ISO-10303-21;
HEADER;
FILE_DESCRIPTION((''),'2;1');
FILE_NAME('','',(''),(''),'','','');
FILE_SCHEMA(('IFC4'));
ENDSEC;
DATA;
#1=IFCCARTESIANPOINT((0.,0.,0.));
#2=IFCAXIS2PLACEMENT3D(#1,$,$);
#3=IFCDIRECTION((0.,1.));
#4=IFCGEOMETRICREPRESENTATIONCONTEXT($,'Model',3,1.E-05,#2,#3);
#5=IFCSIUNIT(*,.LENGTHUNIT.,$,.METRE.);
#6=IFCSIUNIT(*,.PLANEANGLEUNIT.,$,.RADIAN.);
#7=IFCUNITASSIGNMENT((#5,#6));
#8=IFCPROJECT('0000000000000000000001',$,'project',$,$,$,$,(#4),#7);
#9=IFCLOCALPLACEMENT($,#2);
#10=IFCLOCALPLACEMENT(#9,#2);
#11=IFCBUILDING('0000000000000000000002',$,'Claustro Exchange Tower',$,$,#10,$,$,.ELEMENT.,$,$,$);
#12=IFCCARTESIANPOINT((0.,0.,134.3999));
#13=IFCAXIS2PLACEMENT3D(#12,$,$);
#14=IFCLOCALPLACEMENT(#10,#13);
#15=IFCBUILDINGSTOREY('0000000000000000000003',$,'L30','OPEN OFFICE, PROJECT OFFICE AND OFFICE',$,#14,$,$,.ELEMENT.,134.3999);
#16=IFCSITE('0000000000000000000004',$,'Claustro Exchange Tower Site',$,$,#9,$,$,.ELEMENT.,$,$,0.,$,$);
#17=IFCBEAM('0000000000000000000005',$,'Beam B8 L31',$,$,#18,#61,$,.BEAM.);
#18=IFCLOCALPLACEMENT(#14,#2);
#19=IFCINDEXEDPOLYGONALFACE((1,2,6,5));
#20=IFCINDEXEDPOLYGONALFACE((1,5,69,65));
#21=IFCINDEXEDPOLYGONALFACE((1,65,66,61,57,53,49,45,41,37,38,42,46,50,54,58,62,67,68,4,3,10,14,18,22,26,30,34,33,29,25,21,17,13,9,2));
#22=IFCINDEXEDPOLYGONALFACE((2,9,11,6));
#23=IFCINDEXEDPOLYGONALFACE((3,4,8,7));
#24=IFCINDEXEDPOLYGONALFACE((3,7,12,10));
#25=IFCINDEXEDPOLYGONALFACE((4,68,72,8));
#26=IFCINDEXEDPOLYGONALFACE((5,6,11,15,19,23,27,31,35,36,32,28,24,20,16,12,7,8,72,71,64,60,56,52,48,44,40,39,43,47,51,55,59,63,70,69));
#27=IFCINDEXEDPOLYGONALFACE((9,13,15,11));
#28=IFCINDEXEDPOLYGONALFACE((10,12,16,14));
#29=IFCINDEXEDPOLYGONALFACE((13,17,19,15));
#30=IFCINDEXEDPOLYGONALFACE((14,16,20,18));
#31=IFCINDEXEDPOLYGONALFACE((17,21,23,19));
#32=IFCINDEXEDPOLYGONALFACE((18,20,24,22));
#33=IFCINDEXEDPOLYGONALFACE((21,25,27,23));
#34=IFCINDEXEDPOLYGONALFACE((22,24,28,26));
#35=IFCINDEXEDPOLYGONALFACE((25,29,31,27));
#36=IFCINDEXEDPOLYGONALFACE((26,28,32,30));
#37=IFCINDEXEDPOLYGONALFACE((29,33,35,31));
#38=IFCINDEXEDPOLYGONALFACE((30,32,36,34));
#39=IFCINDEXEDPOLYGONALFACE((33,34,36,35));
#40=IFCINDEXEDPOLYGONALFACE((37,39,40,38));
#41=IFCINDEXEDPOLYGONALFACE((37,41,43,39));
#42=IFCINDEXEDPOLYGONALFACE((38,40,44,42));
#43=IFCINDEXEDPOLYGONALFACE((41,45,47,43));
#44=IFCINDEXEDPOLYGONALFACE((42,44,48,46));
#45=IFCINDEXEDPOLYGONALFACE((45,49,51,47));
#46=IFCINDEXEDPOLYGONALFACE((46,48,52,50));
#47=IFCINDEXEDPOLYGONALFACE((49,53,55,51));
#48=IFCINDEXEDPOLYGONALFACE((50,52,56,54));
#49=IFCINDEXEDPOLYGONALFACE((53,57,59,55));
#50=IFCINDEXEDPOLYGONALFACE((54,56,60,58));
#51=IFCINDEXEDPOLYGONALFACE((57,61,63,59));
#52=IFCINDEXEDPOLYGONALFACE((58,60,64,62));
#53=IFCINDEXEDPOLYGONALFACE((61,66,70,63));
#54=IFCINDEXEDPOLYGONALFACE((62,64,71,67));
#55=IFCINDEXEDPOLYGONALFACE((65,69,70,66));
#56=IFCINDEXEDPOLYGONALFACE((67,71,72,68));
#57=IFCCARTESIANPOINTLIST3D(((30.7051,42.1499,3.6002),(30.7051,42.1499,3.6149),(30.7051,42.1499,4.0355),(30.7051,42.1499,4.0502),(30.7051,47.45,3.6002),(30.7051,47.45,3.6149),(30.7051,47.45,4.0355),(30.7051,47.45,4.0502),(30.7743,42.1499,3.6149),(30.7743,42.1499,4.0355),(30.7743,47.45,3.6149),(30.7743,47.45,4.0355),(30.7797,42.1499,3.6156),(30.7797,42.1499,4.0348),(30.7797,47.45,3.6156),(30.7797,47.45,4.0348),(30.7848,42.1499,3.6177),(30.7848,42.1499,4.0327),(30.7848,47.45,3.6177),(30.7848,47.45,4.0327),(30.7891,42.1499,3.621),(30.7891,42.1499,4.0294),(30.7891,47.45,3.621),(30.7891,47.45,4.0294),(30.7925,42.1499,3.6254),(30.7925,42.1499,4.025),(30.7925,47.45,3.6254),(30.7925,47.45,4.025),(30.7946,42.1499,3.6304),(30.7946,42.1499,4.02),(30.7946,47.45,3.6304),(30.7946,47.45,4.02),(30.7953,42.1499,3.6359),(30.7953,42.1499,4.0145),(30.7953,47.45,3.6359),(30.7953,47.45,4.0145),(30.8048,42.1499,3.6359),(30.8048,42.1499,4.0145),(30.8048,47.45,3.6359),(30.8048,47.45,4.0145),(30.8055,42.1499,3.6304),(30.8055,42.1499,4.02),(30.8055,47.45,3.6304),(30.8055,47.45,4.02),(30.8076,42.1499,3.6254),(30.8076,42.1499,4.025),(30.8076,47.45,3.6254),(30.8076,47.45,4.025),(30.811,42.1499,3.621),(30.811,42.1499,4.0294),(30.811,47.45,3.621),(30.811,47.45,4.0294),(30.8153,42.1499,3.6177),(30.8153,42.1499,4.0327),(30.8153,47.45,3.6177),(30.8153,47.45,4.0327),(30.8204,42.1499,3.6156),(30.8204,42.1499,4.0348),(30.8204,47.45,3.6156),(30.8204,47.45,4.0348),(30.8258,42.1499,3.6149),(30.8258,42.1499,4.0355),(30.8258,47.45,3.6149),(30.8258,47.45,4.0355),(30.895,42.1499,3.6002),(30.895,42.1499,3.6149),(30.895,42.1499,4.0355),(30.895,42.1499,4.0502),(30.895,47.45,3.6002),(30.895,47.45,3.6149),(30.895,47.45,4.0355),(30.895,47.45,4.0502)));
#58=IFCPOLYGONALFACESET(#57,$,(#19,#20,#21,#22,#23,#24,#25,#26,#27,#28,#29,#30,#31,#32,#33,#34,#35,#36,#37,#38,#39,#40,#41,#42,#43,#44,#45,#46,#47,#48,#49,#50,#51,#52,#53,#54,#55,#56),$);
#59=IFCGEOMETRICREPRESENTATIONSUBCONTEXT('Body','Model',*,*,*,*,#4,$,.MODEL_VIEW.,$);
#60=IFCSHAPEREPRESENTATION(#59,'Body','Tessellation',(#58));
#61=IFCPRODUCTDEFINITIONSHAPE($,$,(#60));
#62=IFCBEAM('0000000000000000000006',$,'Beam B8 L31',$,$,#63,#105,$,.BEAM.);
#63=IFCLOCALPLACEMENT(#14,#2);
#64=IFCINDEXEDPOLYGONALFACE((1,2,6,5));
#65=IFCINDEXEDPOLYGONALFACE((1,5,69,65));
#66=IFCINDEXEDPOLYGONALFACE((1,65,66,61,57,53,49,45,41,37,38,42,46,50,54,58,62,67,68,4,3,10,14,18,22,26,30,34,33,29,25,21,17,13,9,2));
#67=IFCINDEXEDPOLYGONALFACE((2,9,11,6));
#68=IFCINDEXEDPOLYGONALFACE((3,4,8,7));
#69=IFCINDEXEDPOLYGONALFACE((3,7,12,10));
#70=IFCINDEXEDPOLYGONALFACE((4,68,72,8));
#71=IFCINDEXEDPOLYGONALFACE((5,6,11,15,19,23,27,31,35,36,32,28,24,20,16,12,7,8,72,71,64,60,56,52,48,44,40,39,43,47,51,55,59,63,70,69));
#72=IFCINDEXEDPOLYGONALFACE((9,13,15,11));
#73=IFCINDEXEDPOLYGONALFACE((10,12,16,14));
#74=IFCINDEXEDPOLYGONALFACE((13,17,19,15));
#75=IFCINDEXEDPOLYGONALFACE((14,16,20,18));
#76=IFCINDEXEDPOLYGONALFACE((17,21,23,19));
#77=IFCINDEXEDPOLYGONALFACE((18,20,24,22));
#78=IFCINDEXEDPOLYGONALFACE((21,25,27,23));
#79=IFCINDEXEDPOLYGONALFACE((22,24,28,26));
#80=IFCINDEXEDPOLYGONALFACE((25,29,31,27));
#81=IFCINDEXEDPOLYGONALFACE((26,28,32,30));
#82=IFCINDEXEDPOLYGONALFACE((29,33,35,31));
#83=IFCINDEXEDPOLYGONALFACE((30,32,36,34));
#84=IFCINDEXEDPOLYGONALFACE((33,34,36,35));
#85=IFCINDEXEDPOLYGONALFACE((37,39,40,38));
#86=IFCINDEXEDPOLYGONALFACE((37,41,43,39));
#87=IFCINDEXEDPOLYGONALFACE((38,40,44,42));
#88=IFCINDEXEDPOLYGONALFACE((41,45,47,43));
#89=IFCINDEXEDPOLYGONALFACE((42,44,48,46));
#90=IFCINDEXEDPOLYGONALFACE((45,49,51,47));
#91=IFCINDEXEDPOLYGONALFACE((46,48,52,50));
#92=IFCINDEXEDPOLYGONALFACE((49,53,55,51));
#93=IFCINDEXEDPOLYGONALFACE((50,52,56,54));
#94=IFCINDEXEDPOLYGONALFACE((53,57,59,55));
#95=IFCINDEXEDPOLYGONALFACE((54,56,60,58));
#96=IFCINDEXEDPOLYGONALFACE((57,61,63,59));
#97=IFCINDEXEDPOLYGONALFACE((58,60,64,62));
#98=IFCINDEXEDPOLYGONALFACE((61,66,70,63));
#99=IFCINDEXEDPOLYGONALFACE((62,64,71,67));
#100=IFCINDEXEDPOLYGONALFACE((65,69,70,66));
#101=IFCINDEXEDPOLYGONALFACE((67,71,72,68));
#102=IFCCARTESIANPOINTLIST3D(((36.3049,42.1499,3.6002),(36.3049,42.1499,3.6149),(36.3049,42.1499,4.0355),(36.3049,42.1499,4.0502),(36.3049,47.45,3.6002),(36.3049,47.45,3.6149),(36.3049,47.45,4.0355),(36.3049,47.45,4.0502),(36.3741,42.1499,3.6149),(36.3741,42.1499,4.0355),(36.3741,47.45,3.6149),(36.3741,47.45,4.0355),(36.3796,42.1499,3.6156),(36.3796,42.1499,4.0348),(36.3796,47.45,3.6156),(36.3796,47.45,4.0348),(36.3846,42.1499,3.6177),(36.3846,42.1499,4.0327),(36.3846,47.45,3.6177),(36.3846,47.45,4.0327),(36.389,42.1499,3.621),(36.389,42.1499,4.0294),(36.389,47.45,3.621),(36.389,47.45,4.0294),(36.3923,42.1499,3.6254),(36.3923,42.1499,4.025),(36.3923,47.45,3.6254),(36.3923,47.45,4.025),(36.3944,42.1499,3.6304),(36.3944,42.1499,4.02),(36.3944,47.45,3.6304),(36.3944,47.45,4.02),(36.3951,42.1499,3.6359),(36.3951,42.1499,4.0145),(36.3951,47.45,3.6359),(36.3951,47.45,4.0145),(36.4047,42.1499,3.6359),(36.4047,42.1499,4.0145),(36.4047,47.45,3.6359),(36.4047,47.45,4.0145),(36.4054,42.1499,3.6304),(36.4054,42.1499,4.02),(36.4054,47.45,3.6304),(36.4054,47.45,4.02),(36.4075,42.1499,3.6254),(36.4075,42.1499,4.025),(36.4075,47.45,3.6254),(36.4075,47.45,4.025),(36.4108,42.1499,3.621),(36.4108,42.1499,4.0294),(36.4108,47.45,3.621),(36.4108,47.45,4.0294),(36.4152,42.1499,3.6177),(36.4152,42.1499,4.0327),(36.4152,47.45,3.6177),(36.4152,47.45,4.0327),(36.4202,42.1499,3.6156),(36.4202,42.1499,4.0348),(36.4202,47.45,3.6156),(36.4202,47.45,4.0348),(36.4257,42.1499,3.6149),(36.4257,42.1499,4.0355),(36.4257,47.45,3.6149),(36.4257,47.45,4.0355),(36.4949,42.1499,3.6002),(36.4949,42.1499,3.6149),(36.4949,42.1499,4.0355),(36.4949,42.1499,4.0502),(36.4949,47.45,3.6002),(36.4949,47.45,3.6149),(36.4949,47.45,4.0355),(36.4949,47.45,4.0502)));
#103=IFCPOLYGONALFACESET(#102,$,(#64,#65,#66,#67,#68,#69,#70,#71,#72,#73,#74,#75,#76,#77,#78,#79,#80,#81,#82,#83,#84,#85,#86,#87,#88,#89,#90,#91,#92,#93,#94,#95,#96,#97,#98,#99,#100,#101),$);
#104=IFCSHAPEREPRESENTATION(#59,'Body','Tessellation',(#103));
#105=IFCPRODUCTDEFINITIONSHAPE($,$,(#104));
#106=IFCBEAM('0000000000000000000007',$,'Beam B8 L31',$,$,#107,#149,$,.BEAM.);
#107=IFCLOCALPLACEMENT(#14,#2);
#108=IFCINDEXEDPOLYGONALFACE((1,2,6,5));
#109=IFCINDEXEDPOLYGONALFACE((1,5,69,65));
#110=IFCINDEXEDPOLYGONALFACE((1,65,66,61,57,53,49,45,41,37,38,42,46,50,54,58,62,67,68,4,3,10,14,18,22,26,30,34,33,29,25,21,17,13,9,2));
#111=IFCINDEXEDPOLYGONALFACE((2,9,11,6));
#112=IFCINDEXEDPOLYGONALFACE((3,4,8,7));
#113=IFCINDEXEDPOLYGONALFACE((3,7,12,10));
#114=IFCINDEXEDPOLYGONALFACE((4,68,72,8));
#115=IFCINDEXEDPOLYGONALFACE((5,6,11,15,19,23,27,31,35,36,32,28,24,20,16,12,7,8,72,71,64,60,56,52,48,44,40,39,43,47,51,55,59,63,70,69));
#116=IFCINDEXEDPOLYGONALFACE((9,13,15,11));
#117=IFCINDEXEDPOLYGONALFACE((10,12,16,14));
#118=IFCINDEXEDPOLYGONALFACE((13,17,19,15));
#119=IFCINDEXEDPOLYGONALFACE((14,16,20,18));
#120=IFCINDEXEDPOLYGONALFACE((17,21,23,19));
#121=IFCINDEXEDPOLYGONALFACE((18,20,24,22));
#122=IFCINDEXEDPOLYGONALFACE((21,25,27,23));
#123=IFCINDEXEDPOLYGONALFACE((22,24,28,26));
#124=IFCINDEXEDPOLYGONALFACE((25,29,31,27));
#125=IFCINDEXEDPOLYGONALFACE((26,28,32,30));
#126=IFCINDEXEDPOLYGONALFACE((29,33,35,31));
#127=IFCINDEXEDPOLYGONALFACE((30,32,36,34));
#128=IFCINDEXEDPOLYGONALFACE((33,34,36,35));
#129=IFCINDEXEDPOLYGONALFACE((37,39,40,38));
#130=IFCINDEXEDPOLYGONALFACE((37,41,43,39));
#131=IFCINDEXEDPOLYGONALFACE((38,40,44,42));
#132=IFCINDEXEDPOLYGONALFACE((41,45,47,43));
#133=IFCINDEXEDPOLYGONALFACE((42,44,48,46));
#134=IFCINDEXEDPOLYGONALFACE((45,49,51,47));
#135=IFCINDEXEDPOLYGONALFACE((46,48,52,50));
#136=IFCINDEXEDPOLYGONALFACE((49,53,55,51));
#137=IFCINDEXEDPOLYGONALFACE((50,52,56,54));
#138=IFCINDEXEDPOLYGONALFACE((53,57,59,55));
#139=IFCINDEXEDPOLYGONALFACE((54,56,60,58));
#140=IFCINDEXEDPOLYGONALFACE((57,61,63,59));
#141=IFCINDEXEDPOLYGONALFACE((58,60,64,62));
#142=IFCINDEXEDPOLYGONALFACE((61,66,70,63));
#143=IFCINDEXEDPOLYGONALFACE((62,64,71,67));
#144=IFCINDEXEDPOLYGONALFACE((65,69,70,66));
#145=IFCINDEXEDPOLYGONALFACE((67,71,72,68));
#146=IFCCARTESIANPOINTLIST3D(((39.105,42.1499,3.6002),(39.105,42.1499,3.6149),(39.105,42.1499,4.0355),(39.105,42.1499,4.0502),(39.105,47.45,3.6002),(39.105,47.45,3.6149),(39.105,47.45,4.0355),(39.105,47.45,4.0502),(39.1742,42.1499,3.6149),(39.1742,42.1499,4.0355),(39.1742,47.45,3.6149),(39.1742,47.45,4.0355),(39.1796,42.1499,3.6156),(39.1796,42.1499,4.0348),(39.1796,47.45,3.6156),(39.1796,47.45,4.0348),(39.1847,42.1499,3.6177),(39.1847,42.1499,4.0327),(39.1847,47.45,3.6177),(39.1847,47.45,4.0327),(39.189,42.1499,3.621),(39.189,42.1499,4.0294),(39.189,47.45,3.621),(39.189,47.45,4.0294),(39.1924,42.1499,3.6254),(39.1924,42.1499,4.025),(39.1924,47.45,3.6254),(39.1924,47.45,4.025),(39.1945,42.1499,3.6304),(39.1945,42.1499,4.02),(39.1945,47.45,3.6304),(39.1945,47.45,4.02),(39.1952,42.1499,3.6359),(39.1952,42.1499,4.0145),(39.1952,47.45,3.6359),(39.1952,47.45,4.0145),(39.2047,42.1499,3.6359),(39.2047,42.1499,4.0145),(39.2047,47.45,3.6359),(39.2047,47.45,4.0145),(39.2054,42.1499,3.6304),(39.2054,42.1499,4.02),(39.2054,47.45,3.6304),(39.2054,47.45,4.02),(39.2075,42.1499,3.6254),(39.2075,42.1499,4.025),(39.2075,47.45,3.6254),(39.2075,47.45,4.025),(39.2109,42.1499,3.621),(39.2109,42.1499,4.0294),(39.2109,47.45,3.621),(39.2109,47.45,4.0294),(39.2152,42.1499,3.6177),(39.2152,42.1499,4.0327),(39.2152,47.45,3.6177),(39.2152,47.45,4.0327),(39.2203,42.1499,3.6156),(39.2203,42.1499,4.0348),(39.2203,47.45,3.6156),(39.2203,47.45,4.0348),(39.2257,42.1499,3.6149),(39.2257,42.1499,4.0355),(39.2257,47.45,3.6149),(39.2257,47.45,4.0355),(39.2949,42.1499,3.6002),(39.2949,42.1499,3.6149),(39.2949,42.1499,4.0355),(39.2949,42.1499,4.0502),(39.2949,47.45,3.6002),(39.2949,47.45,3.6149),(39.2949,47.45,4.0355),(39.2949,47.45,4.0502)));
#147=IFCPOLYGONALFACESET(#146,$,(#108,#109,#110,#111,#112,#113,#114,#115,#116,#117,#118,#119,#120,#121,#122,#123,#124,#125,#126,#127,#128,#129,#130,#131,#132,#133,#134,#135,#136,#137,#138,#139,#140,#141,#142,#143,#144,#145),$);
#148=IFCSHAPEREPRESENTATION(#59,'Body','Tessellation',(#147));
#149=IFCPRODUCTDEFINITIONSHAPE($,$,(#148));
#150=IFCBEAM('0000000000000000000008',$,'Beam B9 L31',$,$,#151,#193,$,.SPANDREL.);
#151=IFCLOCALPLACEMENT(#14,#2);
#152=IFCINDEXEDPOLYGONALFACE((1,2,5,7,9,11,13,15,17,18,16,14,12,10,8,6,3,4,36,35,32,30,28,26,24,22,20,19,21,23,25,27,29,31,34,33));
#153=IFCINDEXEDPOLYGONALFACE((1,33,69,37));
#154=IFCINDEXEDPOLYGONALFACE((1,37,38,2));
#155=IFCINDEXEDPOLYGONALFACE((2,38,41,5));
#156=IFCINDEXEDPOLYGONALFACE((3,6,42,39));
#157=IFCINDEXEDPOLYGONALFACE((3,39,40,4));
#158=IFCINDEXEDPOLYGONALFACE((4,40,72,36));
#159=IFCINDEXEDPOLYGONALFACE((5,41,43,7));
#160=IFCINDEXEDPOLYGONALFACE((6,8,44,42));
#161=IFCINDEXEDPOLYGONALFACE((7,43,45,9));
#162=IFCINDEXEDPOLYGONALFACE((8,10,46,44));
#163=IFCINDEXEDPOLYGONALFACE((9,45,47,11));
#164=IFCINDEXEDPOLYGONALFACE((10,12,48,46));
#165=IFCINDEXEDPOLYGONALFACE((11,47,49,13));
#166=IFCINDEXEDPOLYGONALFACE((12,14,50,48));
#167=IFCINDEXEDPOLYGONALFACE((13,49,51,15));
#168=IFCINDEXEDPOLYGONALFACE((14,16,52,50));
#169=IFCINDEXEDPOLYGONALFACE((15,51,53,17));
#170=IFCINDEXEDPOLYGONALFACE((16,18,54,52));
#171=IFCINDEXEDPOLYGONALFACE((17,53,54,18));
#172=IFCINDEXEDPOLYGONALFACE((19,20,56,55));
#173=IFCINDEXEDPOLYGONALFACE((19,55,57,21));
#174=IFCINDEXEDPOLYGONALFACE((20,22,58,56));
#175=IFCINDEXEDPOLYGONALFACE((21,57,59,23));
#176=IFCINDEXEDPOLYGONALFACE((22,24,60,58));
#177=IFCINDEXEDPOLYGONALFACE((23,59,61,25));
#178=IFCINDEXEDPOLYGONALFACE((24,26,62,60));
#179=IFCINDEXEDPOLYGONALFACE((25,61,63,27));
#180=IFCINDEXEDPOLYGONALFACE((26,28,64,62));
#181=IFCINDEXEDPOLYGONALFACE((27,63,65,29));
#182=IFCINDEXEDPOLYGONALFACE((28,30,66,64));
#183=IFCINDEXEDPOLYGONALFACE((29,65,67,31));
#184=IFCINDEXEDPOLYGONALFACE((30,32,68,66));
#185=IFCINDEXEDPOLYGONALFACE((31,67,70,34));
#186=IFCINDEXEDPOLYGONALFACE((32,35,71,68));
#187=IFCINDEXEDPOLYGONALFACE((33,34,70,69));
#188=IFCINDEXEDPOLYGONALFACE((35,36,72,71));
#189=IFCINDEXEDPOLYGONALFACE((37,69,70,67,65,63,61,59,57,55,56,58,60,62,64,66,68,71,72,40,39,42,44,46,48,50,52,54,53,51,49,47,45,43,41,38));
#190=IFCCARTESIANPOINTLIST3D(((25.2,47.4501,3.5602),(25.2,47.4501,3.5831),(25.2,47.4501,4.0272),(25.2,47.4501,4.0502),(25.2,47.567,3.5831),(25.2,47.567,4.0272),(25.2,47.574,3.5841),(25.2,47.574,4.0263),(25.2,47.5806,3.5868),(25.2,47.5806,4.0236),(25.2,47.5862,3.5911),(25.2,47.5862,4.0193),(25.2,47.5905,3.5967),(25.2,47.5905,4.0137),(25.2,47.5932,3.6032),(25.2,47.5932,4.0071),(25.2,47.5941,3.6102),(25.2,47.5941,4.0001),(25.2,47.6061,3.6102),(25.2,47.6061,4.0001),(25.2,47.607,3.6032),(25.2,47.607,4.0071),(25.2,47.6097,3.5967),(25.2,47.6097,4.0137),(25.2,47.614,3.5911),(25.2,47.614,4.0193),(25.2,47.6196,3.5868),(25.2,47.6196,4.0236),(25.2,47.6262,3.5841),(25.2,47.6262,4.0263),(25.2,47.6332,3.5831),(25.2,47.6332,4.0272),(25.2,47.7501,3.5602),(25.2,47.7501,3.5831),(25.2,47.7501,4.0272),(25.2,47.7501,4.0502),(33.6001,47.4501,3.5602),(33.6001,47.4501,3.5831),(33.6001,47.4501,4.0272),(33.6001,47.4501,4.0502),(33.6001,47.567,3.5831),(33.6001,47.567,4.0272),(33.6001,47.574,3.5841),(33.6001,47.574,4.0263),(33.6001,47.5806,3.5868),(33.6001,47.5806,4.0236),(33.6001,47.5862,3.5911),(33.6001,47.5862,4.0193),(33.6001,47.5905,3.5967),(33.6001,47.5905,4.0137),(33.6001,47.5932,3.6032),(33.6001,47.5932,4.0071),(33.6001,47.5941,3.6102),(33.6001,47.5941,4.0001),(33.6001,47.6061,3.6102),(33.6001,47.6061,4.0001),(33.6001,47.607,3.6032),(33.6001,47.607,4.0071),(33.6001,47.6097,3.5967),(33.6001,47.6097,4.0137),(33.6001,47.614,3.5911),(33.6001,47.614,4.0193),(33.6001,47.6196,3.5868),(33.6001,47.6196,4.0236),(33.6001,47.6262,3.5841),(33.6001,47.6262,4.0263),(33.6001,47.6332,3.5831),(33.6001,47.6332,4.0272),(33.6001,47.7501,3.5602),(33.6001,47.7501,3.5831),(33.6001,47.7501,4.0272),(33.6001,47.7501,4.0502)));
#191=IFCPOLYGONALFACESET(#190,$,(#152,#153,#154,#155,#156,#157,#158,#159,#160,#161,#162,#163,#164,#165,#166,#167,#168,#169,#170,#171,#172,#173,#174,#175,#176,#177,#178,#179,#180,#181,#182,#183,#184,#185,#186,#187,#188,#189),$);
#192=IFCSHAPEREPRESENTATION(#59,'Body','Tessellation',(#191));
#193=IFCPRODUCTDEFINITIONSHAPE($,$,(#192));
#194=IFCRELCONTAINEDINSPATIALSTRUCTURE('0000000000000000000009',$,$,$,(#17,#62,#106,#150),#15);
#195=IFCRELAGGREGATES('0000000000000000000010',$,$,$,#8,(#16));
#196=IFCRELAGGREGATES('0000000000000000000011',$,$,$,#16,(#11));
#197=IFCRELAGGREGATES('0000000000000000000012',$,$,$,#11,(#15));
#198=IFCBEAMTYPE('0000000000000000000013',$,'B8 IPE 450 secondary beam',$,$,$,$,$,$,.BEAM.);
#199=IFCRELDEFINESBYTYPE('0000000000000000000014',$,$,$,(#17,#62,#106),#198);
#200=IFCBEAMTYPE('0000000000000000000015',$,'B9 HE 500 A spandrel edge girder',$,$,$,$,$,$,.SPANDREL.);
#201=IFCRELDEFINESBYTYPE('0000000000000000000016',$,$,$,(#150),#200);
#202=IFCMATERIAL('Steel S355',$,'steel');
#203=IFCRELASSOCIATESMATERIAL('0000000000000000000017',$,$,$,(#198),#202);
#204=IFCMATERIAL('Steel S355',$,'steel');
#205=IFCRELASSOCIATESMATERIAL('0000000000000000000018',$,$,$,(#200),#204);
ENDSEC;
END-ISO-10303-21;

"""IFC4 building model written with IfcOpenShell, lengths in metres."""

from ifc_helpers import new_model, si_unit, direction, frame, origin, origin_2d, place, context, subcontext, project, spatial, i_section, extrude, material, material_profile, profile_set, type_object, element, save


model = new_model("IFC4")

# Units and contexts
model_context = context("Model", 3, precision=1e-05, world=origin(), true_north=direction((0.0, 1.0)))
body_context = subcontext(model_context, "Body", "Model", "MODEL_VIEW")
ifc_project = project(units=[si_unit("LENGTHUNIT", "METRE"), si_unit("PLANEANGLEUNIT", "RADIAN")], contexts=[model_context])

# Site, building, storey
site_placement = place(None, origin())
site = spatial("IfcSite", under=ifc_project, at=site_placement, Name="Claustro Exchange Tower Site", CompositionType="ELEMENT", RefElevation=0.0)
building_placement = place(site_placement, origin())
building = spatial("IfcBuilding", under=site, at=building_placement, Name="Claustro Exchange Tower", CompositionType="ELEMENT")
storey_placement = place(building_placement, frame((0.0, 0.0, 134.3999)))
storey = spatial("IfcBuildingStorey", under=building, at=storey_placement, Name="L30", Description="OPEN OFFICE, PROJECT OFFICE AND OFFICE", CompositionType="ELEMENT", Elevation=134.3999)

# Beams
ifc_material_1 = material(Name="Steel S355", Category="steel")
ifc_material_profile_1 = material_profile(ifc_material_1, i_section(OverallWidth=0.1899, OverallDepth=0.45, WebThickness=0.0095, FlangeThickness=0.0146, FilletRadius=0.021, at=origin_2d()), Name="IPE 450")
ifc_profile_set_1 = profile_set([ifc_material_profile_1], Name="Steel S355")
beam_type_1 = type_object("IfcBeamType", Name="B8 IPE 450 secondary beam", PredefinedType="BEAM", material=ifc_profile_set_1)
for number, where, z_axis, x_axis, name in (
    (1, (30.8, 42.1499, 3.8252), (0.0, 1.0, 0.0), (-1.0, 0.0, 0.0), "Beam B8 L31"),
    (2, (36.3999, 42.1499, 3.8252), (0.0, 1.0, 0.0), (-1.0, 0.0, 0.0), "Beam B8 L31"),
    (3, (39.2, 42.1499, 3.8252), (0.0, 1.0, 0.0), (-1.0, 0.0, 0.0), "Beam B8 L31"),
):
    element("IfcBeam", number, at=place(storey_placement, frame(where, z_axis=z_axis, x_axis=x_axis)), inside=storey, type_object=beam_type_1, Name=name, PredefinedType="BEAM", context=body_context, shape_type="SweptSolid", body=[
        extrude(i_section(OverallWidth=0.1899, OverallDepth=0.45, WebThickness=0.0095, FlangeThickness=0.0146, FilletRadius=0.021, at=origin_2d()), origin(), (0.0, 0.0, 1.0), 5.3),
    ])
ifc_material_2 = material(Name="Steel S355", Category="steel")
ifc_material_profile_2 = material_profile(ifc_material_2, i_section(OverallWidth=0.3, OverallDepth=0.49, WebThickness=0.012, FlangeThickness=0.0229, FilletRadius=0.0271, at=origin_2d()), Name="HE 500 A")
ifc_profile_set_2 = profile_set([ifc_material_profile_2], Name="Steel S355")
beam_type_2 = type_object("IfcBeamType", Name="B9 HE 500 A spandrel edge girder", PredefinedType="SPANDREL", material=ifc_profile_set_2)
beam_1_placement = place(storey_placement, frame((25.2, 47.6001, 3.8052), z_axis=(1.0, 0.0, 0.0), x_axis=(0.0, 1.0, 0.0)))
element("IfcBeam", 4, at=beam_1_placement, inside=storey, type_object=beam_type_2, Name="Beam B9 L31", PredefinedType="SPANDREL", context=body_context, shape_type="SweptSolid", body=[
    extrude(i_section(OverallWidth=0.3, OverallDepth=0.49, WebThickness=0.012, FlangeThickness=0.0229, FilletRadius=0.0271, at=origin_2d()), origin(), (0.0, 0.0, 1.0), 8.4001),
])

save(model, "model.ifc")
